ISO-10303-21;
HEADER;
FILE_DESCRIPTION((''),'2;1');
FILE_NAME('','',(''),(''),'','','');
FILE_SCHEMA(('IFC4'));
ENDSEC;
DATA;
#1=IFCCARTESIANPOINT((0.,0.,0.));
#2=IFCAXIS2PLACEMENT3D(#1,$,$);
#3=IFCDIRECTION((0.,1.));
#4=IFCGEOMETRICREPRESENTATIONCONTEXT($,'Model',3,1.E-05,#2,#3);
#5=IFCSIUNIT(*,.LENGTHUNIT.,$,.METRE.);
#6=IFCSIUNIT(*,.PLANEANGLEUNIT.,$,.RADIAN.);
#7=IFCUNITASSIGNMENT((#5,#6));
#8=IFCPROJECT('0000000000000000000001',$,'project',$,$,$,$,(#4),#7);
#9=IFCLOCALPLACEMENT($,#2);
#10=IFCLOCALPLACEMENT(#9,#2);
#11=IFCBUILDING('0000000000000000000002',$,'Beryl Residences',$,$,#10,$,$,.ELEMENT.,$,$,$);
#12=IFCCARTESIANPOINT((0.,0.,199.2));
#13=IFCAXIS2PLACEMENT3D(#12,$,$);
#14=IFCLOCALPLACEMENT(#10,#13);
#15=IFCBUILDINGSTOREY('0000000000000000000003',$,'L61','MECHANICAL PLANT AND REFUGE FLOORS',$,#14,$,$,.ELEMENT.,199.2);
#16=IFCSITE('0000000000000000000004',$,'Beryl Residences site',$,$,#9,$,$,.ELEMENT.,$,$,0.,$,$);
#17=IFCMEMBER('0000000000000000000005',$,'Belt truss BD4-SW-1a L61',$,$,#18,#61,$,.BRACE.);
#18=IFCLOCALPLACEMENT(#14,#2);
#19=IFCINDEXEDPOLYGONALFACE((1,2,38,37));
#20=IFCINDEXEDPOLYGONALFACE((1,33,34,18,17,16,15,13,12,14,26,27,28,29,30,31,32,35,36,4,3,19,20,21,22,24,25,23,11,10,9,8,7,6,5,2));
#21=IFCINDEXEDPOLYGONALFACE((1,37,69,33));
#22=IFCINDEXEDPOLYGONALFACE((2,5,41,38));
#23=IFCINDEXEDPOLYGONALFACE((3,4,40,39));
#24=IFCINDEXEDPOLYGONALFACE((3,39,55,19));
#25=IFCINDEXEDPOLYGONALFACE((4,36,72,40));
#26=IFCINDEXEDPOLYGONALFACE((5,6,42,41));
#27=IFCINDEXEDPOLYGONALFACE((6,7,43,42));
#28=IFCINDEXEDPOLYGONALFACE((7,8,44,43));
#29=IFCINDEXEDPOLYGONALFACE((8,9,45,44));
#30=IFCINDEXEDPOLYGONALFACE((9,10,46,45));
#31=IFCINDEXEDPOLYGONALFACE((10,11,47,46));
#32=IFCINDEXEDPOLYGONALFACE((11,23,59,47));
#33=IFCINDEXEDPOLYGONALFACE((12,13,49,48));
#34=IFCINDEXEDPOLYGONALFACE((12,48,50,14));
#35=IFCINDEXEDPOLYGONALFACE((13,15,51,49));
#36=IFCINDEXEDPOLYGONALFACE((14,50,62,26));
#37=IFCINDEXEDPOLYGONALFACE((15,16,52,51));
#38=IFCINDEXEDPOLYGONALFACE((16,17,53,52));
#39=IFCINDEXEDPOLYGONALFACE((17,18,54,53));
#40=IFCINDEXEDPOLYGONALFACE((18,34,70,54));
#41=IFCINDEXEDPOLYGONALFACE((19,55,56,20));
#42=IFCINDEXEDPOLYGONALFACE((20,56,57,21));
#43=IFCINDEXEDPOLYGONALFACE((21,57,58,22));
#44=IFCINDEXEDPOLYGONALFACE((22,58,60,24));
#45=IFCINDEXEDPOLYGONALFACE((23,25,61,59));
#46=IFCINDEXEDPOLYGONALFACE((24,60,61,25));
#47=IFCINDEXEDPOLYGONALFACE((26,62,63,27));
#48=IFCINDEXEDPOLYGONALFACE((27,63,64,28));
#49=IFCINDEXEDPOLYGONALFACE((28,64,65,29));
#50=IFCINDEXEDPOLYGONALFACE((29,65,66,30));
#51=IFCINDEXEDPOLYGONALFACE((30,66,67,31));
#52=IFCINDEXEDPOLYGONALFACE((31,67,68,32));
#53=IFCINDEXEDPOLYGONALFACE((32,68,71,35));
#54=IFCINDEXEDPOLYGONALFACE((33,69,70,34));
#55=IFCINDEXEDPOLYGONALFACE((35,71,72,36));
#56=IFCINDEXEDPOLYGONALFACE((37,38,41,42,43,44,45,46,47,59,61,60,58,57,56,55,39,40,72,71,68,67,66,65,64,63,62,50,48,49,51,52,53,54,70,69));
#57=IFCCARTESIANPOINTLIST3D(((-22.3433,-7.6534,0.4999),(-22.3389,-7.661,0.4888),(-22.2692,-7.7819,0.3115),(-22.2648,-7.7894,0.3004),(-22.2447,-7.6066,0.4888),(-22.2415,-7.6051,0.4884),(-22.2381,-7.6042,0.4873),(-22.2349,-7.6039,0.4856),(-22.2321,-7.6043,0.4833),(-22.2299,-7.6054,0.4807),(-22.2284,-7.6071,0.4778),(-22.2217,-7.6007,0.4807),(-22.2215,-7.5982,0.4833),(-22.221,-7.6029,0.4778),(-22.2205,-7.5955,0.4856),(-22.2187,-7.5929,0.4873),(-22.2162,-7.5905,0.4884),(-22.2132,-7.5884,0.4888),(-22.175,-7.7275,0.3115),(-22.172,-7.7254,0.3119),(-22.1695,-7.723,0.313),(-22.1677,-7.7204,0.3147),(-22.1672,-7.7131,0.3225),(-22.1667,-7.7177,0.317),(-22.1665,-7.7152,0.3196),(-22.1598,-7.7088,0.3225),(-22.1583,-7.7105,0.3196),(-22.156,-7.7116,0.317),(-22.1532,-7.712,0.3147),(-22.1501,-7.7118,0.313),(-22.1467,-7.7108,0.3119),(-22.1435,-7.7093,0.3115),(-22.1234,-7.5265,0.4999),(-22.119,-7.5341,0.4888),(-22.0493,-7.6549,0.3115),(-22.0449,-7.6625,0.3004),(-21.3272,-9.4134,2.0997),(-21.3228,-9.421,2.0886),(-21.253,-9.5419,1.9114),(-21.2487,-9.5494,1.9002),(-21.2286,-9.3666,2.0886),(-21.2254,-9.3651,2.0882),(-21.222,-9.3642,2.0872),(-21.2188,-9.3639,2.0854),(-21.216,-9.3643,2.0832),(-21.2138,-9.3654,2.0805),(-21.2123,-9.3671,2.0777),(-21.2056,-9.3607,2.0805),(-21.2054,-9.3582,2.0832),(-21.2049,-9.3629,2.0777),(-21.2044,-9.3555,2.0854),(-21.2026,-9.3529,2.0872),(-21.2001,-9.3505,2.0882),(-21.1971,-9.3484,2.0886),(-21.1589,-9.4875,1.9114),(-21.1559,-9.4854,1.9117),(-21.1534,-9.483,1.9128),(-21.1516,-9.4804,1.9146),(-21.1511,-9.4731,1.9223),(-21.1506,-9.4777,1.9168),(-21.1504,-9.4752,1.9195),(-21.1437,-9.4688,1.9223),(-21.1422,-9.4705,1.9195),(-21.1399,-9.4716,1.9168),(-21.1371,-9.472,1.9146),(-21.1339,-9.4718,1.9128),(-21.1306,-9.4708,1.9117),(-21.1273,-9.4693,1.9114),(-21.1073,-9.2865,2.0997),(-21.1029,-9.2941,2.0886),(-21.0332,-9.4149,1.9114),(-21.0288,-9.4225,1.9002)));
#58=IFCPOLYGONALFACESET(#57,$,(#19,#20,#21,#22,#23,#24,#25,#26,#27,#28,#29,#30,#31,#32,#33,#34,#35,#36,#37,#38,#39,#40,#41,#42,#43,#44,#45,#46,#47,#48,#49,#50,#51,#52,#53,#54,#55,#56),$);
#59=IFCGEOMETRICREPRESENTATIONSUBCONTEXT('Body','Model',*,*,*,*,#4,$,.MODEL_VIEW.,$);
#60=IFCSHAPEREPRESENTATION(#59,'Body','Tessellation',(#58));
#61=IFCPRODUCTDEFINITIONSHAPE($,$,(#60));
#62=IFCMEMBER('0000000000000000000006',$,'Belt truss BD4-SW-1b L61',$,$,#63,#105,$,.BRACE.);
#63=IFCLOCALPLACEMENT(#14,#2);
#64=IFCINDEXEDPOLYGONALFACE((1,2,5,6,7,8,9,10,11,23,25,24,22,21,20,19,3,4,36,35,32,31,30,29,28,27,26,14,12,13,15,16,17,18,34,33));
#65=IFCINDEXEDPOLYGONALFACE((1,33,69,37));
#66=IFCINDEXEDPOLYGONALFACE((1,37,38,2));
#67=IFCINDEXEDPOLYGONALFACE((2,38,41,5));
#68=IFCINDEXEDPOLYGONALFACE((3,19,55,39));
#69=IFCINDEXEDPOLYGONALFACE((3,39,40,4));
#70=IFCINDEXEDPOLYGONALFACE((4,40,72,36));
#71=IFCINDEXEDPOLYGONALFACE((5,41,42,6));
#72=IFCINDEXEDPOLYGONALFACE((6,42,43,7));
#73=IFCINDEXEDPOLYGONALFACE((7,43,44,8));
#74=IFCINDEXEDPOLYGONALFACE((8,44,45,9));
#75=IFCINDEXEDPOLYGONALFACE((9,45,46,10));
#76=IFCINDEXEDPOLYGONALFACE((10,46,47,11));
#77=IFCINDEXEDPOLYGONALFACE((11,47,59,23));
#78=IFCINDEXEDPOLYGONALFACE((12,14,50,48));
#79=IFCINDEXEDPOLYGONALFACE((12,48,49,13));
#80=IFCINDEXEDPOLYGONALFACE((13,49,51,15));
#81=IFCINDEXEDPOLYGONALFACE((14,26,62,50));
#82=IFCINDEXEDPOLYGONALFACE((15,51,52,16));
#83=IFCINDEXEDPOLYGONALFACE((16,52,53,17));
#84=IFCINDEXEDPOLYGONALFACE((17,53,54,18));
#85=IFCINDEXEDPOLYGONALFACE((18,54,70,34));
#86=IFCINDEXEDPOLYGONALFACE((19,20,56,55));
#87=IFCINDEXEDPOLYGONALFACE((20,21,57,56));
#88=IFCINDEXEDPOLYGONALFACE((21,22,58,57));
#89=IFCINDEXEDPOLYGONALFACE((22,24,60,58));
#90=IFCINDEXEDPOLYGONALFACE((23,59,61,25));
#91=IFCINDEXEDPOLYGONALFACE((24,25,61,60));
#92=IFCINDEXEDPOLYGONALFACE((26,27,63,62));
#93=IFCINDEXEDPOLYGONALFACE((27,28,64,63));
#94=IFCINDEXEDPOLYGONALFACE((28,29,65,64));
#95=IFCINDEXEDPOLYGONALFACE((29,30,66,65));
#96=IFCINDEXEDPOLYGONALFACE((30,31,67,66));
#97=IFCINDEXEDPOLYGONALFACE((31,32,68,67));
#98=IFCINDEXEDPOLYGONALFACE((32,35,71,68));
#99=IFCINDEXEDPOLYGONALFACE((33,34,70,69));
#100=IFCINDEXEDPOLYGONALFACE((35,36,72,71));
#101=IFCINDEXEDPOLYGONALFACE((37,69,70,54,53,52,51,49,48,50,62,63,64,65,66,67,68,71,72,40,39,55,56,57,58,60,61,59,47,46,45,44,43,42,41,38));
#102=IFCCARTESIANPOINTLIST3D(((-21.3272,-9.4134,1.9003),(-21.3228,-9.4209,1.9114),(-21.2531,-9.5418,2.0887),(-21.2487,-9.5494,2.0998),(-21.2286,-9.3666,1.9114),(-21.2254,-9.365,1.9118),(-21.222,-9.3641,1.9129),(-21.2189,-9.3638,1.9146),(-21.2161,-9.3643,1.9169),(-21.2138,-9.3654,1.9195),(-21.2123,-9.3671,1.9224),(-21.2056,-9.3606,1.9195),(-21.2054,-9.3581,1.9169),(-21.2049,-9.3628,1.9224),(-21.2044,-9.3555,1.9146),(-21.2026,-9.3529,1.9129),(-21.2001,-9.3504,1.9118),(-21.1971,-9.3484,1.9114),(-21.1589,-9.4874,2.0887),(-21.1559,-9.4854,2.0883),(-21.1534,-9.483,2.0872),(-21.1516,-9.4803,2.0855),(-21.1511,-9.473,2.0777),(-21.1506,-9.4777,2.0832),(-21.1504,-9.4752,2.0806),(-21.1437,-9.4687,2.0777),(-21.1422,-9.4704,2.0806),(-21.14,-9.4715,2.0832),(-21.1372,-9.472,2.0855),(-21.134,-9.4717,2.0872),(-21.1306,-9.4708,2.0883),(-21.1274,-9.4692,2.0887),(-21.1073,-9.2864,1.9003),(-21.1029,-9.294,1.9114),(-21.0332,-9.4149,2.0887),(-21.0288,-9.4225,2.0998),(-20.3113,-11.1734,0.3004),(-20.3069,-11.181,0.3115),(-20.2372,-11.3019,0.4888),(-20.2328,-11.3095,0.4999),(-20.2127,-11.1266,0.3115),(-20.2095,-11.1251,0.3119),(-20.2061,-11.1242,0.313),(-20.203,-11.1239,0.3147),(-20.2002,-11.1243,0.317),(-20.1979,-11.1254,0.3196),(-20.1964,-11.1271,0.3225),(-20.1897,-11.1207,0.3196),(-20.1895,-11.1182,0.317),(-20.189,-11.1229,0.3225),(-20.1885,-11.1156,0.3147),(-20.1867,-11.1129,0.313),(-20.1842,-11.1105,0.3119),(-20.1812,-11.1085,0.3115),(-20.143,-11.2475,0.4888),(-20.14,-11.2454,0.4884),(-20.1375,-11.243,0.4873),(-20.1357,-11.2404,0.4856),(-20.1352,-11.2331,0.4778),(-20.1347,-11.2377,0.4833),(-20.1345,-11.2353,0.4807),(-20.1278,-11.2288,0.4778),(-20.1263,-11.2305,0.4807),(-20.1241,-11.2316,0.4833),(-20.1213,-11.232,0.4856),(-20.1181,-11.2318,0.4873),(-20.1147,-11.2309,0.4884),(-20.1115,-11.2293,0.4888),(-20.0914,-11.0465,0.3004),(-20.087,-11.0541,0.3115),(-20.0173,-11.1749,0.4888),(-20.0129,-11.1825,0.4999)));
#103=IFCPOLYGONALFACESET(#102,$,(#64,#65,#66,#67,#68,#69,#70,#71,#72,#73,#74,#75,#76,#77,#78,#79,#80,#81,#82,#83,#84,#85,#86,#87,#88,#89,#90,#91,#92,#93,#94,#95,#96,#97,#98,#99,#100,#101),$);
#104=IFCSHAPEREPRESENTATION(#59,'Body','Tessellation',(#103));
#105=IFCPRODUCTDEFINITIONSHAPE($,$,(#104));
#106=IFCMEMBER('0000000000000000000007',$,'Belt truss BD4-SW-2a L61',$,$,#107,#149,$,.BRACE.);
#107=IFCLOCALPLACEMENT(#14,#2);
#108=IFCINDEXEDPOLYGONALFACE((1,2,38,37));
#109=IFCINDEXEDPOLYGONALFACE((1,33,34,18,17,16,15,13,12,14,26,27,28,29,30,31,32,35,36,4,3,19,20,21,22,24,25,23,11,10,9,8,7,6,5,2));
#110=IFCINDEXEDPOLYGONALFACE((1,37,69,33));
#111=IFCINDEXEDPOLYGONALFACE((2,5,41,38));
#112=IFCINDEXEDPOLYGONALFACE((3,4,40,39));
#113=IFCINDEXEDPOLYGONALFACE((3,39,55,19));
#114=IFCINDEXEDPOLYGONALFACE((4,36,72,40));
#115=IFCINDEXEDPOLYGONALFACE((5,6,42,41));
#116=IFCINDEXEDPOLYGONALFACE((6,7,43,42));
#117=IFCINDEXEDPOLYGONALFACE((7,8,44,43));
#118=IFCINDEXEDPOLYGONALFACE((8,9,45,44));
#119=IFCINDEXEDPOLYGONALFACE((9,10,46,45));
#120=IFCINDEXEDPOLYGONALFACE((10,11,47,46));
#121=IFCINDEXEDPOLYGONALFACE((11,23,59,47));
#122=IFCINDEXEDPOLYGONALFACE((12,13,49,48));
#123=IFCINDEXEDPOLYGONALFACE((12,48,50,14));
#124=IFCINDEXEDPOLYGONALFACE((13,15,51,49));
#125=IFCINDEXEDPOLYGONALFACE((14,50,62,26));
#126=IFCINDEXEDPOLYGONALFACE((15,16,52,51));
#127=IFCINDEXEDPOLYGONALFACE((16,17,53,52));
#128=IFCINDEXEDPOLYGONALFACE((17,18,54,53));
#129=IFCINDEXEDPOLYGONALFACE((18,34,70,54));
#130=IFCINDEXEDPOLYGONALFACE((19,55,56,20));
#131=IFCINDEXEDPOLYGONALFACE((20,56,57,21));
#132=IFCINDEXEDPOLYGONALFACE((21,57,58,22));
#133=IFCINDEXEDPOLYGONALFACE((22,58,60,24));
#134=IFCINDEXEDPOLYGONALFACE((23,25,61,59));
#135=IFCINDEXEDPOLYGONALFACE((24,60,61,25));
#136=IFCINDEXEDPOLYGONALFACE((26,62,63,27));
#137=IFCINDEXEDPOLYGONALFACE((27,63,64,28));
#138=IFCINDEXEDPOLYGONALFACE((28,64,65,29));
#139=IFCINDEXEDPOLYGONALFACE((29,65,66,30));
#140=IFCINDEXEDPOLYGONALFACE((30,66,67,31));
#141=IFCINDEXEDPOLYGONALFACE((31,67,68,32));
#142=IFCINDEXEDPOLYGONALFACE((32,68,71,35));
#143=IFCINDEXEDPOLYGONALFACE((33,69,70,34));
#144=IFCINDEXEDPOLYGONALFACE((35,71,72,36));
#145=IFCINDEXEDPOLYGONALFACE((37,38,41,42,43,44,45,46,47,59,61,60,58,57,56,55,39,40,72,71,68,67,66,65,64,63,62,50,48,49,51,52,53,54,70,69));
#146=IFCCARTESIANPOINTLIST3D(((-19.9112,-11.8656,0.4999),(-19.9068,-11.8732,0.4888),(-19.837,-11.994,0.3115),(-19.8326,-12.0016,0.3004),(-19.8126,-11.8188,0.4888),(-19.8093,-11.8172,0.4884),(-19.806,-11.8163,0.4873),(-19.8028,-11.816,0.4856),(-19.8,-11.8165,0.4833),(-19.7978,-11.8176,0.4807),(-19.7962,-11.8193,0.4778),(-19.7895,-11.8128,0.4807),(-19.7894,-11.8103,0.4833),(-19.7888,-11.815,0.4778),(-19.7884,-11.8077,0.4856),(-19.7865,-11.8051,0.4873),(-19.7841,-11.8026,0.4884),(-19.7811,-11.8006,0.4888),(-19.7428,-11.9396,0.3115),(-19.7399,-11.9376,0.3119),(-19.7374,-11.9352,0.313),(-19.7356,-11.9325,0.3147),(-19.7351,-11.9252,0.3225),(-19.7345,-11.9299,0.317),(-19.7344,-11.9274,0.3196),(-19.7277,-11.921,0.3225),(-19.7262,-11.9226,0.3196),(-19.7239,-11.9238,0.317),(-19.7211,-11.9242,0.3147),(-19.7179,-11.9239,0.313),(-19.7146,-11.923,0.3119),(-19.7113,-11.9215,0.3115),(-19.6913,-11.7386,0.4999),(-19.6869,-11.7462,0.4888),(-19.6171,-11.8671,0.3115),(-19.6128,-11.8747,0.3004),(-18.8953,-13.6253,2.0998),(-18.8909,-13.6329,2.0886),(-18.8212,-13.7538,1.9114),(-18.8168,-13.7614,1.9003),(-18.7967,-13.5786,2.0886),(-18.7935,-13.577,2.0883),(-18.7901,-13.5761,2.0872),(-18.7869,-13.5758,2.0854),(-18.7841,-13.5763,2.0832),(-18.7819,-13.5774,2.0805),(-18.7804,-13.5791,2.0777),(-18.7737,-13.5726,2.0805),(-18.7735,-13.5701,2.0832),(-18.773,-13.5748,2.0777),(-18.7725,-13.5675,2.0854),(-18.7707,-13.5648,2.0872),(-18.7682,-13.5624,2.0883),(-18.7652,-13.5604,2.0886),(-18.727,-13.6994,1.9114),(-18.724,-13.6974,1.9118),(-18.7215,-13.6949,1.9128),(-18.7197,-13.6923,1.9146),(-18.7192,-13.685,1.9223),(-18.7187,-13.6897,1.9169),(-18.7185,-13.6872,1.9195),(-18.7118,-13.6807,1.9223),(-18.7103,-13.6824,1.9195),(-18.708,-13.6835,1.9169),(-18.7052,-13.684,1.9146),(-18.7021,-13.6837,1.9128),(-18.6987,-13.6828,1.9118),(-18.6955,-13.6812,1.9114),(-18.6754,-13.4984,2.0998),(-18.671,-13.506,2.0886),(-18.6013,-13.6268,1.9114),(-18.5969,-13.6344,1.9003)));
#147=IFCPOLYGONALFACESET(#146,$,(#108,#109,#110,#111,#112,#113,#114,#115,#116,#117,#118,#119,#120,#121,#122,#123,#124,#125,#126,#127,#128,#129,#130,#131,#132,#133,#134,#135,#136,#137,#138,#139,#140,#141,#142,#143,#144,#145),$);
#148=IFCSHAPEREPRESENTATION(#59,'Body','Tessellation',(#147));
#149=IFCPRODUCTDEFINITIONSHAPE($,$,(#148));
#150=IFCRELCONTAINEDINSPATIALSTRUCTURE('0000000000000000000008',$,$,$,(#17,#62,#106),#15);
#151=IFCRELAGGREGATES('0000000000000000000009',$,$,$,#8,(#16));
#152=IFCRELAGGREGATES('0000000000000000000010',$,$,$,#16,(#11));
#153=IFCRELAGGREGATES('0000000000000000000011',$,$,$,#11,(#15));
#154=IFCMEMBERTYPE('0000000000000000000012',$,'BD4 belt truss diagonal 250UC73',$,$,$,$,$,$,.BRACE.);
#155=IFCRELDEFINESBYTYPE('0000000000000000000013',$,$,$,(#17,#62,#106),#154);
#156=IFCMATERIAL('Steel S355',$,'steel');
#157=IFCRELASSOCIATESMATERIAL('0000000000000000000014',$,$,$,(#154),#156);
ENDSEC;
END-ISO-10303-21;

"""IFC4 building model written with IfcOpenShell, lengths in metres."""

from ifc_helpers import new_model, si_unit, direction, frame, origin, origin_2d, place, context, subcontext, project, spatial, i_section, extrude, material, material_profile, profile_set, type_object, element, save


model = new_model("IFC4")

# Units and contexts
model_context = context("Model", 3, precision=1e-05, world=origin(), true_north=direction((0.0, 1.0)))
body_context = subcontext(model_context, "Body", "Model", "MODEL_VIEW")
ifc_project = project(units=[si_unit("LENGTHUNIT", "METRE"), si_unit("PLANEANGLEUNIT", "RADIAN")], contexts=[model_context])

# Site, building, storey
site_placement = place(None, origin())
site = spatial("IfcSite", under=ifc_project, at=site_placement, Name="Beryl Residences site", CompositionType="ELEMENT", RefElevation=0.0)
building_placement = place(site_placement, origin())
building = spatial("IfcBuilding", under=site, at=building_placement, Name="Beryl Residences", CompositionType="ELEMENT")
storey_placement = place(building_placement, frame((0.0, 0.0, 199.2)))
storey = spatial("IfcBuildingStorey", under=building, at=storey_placement, Name="L61", Description="MECHANICAL PLANT AND REFUGE FLOORS", CompositionType="ELEMENT", Elevation=199.2)

# Members
ifc_material_1 = material(Name="Steel S355", Category="steel")
ifc_material_profile_1 = material_profile(ifc_material_1, i_section(OverallWidth=0.2539, OverallDepth=0.2539, WebThickness=0.0085, FlangeThickness=0.0142, FilletRadius=0.0139, at=origin_2d()))
ifc_profile_set_1 = profile_set([ifc_material_profile_1], Name="Steel S355")
member_type_1 = type_object("IfcMemberType", Name="BD4 belt truss diagonal 250UC73", PredefinedType="BRACE", material=ifc_profile_set_1)
for number, where, z_axis, x_axis, name in (
    (1, (-22.1941, -7.658, 0.4001), (0.392862, -0.680477, 0.618555), (0.866032, 0.499989, 0.0), "Belt truss BD4-SW-1a L61"),
    (2, (-20.1621, -11.178, 0.4001), (-0.392782, 0.680502, 0.618578), (-0.866084, -0.499899, 0.0), "Belt truss BD4-SW-1b L61"),
):
    element("IfcMember", number, at=place(storey_placement, frame(where, z_axis=z_axis, x_axis=x_axis)), inside=storey, type_object=member_type_1, Name=name, PredefinedType="BRACE", context=body_context, shape_type="SweptSolid", body=[
        extrude(i_section(OverallWidth=0.2539, OverallDepth=0.2539, WebThickness=0.0085, FlangeThickness=0.0142, FilletRadius=0.0139, at=origin_2d()), origin(), (0.0, 0.0, 1.0), 2.5864),
    ])
member_1_placement = place(storey_placement, frame((-19.762, -11.8701, 0.4001), z_axis=(0.392808, -0.680451, 0.618618), x_axis=(0.866054, 0.499951, 0.0)))
element("IfcMember", 3, at=member_1_placement, inside=storey, type_object=member_type_1, Name="Belt truss BD4-SW-2a L61", PredefinedType="BRACE", context=body_context, shape_type="SweptSolid", body=[
    extrude(i_section(OverallWidth=0.2539, OverallDepth=0.2539, WebThickness=0.0085, FlangeThickness=0.0142, FilletRadius=0.0139, at=origin_2d()), origin(), (0.0, 0.0, 1.0), 2.5862),
])

save(model, "model.ifc")
